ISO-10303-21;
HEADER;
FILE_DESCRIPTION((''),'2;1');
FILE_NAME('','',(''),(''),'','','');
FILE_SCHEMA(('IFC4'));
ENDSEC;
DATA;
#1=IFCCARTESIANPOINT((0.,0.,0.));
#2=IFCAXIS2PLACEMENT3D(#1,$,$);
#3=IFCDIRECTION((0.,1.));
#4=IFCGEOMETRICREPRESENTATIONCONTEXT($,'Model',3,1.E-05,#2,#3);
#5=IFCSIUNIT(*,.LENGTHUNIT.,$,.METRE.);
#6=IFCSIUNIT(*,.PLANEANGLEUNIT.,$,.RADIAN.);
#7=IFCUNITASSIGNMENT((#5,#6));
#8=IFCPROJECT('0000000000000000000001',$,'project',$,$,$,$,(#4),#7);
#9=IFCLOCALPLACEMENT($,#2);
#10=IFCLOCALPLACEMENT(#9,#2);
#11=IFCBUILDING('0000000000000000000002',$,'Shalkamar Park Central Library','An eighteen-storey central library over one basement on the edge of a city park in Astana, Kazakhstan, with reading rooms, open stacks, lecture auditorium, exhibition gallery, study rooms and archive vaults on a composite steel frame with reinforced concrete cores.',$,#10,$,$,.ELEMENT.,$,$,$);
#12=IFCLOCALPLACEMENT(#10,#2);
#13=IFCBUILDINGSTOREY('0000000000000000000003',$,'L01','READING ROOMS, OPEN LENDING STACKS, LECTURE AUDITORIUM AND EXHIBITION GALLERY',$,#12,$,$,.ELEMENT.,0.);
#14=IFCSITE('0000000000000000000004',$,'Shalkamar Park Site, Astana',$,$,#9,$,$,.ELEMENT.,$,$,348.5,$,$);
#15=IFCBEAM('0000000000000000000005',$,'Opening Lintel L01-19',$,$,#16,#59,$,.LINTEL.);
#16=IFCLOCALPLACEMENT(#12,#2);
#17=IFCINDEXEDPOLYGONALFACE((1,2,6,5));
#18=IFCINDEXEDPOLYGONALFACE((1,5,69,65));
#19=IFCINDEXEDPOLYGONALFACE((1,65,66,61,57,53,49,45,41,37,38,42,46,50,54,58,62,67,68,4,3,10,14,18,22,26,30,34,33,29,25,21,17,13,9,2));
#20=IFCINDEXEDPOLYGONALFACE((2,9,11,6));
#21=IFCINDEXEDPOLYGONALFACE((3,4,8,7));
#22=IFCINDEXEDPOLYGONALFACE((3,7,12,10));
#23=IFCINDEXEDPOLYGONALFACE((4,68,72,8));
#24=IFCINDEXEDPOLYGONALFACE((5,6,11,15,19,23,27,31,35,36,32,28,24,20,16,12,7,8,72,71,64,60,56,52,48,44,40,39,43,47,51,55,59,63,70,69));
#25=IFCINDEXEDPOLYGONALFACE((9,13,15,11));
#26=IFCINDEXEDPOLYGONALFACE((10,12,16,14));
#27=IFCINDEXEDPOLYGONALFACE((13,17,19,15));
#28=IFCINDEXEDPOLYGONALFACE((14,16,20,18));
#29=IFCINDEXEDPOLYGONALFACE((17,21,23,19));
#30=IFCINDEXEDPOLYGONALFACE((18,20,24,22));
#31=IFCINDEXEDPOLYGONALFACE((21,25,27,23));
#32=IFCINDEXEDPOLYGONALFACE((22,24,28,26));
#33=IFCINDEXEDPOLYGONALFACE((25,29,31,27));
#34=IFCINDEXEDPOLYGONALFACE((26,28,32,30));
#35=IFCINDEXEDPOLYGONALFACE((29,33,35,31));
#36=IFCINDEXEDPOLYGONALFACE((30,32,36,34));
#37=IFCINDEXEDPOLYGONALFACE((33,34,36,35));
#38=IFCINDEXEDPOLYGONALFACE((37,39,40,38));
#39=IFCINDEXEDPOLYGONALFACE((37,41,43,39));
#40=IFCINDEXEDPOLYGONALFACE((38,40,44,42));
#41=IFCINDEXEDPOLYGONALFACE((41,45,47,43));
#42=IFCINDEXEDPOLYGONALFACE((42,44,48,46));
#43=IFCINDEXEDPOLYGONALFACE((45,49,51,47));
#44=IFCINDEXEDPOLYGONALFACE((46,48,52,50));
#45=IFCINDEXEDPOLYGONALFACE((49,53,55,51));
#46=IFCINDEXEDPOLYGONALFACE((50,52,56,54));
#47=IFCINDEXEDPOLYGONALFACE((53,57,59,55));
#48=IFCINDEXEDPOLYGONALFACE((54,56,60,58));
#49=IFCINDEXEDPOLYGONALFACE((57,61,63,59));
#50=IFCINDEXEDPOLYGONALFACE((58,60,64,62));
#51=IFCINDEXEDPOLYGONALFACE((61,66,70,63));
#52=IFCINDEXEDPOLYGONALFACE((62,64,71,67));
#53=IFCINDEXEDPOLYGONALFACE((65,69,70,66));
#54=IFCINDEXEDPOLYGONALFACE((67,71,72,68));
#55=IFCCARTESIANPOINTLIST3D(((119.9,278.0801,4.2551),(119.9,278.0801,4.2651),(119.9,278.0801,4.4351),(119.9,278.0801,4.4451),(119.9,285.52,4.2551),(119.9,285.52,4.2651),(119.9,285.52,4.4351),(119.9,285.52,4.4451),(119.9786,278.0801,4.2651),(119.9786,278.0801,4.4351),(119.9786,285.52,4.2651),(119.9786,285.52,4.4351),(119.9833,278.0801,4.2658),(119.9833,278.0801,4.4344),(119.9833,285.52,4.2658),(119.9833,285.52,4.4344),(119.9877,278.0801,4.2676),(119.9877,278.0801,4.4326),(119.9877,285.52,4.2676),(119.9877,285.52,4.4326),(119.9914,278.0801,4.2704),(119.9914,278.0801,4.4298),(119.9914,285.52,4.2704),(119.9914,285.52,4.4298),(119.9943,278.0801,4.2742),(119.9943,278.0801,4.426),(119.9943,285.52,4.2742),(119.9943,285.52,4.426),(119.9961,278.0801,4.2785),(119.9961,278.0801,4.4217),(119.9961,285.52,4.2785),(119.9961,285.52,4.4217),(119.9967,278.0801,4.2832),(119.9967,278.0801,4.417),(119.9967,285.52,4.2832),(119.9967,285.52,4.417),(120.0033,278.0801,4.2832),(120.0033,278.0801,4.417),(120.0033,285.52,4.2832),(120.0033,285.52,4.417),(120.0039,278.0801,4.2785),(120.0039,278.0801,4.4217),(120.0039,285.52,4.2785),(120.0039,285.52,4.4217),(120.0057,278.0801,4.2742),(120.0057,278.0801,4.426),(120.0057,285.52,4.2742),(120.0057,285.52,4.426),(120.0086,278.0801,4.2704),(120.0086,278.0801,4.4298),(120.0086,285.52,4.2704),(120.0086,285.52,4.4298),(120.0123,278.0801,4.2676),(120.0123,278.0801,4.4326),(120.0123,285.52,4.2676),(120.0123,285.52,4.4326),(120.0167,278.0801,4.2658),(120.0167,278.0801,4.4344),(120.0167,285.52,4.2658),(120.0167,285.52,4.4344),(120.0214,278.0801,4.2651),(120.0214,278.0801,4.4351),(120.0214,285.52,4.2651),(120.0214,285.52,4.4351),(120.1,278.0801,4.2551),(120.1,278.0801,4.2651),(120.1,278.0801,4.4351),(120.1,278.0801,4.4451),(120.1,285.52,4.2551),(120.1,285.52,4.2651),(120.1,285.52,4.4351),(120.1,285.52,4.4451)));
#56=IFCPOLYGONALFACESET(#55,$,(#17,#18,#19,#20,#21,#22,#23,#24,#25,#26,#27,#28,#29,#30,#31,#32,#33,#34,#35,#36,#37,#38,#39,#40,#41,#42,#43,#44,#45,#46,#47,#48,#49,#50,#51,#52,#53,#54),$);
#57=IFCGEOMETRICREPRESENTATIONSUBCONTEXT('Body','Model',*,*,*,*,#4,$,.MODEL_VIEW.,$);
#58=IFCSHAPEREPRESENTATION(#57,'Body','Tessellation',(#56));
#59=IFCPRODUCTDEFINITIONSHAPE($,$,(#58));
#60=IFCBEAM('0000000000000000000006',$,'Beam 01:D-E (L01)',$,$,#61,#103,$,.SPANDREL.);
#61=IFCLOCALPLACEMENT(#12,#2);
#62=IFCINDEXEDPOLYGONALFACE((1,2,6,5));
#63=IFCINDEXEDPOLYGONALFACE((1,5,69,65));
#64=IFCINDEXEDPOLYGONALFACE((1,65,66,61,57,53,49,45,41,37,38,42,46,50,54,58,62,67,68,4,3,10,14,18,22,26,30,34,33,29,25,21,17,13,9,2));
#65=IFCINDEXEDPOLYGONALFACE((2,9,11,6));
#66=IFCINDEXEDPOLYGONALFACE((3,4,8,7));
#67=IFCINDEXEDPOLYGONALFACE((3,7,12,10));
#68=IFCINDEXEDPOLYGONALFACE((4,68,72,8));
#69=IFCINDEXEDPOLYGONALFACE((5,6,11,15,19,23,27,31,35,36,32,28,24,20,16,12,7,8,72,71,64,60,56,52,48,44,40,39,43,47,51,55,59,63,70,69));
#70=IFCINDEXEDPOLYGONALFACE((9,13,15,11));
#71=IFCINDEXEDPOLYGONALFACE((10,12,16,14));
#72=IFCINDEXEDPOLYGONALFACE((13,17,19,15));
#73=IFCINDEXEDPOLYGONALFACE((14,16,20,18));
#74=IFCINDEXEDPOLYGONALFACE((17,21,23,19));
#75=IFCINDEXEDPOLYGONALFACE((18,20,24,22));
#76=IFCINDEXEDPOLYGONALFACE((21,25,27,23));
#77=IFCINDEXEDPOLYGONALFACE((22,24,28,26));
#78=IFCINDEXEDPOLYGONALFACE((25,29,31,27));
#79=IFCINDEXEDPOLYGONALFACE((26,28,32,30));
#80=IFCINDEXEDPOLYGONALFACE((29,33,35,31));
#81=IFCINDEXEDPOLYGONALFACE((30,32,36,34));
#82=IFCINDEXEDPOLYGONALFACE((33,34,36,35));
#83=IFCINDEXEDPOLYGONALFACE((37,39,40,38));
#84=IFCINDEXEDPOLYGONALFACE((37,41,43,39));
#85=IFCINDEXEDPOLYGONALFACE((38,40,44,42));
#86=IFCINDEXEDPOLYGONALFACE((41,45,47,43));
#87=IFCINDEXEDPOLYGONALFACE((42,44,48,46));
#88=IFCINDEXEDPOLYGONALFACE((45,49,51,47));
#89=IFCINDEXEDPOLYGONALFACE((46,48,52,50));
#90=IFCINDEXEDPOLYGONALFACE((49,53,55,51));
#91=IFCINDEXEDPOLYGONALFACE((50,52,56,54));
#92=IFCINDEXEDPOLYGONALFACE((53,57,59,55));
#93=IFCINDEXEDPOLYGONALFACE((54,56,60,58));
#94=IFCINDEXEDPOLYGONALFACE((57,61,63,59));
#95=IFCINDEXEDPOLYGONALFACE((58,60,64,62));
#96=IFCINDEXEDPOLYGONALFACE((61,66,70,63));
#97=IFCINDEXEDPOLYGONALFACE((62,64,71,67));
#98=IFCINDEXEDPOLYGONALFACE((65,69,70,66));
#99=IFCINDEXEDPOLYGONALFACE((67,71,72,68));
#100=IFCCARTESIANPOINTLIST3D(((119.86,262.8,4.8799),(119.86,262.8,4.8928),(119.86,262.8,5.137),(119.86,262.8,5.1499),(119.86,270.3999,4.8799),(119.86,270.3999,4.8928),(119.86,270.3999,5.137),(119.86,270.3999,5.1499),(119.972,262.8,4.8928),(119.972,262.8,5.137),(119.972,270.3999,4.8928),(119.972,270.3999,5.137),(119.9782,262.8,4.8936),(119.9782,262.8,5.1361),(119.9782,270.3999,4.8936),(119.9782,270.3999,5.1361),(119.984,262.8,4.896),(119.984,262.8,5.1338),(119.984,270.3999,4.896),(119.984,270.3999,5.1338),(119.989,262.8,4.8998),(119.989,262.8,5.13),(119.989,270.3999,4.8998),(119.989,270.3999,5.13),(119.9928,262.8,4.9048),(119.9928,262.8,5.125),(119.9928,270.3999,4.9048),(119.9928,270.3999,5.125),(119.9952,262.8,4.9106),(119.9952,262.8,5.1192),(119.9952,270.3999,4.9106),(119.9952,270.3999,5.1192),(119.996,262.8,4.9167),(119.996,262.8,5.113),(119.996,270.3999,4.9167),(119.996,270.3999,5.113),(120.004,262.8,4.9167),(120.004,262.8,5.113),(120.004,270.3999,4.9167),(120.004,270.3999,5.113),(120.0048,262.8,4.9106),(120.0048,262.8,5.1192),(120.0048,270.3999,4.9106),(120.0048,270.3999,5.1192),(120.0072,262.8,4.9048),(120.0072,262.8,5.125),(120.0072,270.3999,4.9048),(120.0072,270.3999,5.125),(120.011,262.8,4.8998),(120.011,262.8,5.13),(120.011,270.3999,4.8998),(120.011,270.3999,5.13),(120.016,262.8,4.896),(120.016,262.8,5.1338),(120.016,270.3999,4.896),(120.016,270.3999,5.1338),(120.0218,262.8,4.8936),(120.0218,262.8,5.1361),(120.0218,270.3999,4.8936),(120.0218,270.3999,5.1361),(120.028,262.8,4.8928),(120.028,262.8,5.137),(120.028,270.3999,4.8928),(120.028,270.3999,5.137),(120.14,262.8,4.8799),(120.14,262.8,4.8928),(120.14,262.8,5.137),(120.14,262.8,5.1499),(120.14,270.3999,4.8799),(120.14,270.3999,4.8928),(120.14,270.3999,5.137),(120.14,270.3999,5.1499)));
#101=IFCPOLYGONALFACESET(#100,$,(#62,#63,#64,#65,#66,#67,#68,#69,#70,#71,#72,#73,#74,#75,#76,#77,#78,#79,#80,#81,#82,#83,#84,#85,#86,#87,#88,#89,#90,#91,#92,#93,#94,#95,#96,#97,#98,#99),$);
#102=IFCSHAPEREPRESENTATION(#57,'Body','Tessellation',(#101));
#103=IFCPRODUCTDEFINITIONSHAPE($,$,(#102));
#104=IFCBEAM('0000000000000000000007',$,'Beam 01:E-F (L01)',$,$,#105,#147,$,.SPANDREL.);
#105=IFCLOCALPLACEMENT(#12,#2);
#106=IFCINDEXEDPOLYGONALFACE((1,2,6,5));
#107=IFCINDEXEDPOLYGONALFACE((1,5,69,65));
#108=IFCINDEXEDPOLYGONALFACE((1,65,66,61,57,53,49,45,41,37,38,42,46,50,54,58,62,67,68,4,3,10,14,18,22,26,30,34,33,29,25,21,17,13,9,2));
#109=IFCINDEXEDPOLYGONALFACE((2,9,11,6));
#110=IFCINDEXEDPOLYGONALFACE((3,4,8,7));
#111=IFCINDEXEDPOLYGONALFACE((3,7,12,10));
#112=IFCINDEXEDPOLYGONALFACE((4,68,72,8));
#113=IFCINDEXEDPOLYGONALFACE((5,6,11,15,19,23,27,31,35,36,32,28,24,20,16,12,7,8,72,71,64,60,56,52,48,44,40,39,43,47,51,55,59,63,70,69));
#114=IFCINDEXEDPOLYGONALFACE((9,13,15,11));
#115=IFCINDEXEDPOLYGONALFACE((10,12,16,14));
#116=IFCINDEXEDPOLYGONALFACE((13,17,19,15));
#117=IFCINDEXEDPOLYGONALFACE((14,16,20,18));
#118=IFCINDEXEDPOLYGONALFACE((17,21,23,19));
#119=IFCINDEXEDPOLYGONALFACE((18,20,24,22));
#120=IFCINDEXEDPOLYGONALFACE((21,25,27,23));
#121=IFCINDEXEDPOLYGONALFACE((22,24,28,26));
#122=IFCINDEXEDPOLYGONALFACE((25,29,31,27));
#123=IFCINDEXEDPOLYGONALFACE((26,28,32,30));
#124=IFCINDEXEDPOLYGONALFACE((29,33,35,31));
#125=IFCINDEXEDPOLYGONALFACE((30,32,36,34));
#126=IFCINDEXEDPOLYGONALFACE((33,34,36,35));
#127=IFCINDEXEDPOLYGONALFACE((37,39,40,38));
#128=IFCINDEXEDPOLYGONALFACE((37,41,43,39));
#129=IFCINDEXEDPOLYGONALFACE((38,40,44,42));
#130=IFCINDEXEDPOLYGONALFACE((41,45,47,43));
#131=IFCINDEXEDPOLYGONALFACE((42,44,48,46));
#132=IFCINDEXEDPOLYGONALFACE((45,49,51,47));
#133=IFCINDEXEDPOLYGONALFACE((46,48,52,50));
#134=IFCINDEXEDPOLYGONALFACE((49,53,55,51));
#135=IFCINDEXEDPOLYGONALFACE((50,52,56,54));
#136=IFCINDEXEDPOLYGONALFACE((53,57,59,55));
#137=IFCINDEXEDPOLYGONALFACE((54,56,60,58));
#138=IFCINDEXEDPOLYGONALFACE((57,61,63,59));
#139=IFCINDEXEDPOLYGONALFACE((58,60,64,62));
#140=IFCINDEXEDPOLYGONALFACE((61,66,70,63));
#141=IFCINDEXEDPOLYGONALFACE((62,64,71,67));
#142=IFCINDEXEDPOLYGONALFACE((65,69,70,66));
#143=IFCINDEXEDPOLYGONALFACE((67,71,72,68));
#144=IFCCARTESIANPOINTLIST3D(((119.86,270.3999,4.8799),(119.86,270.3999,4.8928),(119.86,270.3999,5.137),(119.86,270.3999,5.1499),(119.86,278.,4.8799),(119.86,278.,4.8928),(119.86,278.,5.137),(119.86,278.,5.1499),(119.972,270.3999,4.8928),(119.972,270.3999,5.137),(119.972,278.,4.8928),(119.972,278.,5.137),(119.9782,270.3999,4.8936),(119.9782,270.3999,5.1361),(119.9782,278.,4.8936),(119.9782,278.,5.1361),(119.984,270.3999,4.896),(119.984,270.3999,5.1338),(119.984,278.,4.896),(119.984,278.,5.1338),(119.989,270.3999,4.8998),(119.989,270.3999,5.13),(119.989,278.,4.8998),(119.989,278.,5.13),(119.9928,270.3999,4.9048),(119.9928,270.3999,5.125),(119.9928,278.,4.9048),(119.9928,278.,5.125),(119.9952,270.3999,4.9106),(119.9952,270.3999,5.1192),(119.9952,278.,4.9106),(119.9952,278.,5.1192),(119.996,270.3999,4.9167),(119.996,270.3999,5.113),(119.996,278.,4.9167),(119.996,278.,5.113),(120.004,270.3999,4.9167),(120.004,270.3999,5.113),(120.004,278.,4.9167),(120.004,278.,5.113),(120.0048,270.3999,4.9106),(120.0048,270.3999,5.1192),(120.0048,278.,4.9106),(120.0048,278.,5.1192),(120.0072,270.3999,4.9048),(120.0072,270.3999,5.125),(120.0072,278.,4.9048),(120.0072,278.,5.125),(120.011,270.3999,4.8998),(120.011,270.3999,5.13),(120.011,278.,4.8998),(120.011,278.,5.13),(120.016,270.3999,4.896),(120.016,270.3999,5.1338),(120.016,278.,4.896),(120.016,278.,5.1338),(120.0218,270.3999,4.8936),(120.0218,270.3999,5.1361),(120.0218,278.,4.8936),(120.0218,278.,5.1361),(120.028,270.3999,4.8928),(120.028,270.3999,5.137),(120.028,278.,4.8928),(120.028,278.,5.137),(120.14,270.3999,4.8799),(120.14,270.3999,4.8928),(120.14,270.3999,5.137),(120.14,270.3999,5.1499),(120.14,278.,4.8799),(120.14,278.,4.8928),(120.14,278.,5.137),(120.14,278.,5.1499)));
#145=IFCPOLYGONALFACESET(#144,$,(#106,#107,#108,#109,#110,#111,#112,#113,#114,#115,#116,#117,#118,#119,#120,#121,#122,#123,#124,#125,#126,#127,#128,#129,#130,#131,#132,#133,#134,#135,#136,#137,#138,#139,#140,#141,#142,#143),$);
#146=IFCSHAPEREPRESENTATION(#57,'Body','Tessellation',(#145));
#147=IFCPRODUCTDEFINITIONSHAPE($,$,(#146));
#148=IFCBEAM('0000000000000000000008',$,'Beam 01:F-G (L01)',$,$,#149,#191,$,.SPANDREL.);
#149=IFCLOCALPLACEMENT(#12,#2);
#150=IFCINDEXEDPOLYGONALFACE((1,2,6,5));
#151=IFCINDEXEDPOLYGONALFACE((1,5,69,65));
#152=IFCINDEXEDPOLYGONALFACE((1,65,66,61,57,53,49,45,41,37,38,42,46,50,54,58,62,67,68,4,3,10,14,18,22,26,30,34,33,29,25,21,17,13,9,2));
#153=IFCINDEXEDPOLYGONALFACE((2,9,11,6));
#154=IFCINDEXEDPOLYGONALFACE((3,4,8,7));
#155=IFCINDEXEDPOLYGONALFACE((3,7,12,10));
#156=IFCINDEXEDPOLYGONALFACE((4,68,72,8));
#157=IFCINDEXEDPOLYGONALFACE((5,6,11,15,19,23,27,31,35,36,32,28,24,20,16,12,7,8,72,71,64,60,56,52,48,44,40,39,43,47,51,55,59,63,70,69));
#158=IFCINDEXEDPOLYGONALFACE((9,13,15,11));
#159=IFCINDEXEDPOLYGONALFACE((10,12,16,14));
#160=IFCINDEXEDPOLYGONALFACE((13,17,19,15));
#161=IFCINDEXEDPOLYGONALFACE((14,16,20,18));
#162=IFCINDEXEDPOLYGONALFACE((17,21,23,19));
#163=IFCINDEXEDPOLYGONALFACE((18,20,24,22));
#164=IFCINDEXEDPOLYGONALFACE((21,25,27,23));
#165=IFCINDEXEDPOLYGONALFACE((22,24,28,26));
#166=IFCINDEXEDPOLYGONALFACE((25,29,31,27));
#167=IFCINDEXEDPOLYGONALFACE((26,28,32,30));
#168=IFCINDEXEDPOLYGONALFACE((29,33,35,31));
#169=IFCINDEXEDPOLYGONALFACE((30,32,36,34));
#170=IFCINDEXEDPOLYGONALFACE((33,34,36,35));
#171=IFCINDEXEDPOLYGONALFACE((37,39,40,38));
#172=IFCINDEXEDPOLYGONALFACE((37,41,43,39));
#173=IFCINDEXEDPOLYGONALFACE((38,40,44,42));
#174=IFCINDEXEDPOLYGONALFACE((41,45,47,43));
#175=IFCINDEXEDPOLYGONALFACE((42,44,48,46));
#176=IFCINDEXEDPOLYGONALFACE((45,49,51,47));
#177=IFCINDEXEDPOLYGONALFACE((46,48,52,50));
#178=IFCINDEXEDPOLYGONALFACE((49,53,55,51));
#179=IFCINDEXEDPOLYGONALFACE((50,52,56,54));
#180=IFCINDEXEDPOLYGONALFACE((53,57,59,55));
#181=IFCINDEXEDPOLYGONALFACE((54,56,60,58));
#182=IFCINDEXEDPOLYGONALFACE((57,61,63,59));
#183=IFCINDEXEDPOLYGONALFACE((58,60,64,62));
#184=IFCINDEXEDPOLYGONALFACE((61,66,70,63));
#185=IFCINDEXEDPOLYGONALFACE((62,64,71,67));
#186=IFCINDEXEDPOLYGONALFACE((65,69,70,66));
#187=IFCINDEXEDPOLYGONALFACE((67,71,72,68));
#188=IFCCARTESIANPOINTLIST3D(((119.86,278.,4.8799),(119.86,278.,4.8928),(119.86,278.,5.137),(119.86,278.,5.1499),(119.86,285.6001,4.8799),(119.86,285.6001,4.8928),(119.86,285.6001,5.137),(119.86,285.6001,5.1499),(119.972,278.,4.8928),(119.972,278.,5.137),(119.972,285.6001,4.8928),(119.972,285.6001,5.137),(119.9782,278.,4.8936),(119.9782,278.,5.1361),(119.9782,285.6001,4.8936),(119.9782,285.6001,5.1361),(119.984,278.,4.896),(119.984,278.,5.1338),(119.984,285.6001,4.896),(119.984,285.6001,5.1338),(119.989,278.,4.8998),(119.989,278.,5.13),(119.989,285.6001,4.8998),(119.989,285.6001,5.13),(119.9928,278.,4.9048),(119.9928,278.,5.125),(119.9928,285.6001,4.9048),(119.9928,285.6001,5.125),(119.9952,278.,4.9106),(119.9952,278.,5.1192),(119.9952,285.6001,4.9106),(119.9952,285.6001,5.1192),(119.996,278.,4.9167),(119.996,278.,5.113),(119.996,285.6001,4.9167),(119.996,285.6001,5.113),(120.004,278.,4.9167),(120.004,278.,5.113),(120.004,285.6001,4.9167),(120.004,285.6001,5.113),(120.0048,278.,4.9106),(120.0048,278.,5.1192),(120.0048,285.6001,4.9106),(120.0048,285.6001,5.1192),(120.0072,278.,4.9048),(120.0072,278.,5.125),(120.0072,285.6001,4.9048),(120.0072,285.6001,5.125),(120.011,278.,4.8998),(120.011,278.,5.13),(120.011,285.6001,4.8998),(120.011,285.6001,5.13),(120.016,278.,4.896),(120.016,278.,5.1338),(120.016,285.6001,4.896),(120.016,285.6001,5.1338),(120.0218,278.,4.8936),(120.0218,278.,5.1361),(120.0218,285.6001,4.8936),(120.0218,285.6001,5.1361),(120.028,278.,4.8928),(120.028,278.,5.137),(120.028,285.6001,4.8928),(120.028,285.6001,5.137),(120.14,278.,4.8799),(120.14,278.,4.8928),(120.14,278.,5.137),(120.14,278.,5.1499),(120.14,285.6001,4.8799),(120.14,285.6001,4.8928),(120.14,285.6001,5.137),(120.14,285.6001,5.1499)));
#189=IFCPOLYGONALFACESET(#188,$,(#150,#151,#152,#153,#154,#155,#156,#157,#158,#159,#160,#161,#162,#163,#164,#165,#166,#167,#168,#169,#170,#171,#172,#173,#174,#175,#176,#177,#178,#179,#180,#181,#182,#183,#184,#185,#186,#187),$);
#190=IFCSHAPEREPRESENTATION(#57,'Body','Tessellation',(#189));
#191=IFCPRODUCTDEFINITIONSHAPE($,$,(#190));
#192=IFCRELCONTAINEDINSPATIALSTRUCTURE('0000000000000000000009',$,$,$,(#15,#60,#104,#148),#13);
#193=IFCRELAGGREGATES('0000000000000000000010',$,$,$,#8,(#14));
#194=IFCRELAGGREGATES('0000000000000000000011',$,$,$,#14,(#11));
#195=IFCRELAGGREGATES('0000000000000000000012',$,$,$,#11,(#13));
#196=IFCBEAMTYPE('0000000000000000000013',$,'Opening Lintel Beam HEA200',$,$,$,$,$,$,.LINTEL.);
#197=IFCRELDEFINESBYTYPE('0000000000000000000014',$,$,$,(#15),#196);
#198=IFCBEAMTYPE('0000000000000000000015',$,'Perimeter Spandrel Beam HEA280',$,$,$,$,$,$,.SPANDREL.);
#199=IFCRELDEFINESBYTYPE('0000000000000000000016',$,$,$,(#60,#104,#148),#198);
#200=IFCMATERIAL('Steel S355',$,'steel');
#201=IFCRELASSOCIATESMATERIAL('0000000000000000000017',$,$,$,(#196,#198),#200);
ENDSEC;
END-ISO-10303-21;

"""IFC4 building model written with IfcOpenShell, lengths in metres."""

from ifc_helpers import new_model, si_unit, direction, frame, origin, origin_2d, place, context, subcontext, project, spatial, i_section, extrude, material, material_profile, profile_set, type_object, element, save


model = new_model("IFC4")

# Units and contexts
model_context = context("Model", 3, precision=1e-05, world=origin(), true_north=direction((0.0, 1.0)))
body_context = subcontext(model_context, "Body", "Model", "MODEL_VIEW")
ifc_project = project(units=[si_unit("LENGTHUNIT", "METRE"), si_unit("PLANEANGLEUNIT", "RADIAN")], contexts=[model_context])

# Site, building, storey
site_placement = place(None, origin())
site = spatial("IfcSite", under=ifc_project, at=site_placement, Name="Shalkamar Park Site, Astana", CompositionType="ELEMENT", RefElevation=348.5)
building_placement = place(site_placement, origin())
building = spatial("IfcBuilding", under=site, at=building_placement, Name="Shalkamar Park Central Library", Description="An eighteen-storey central library over one basement on the edge of a city park in Astana, Kazakhstan, with reading rooms, open stacks, lecture auditorium, exhibition gallery, study rooms and archive vaults on a composite steel frame with reinforced concrete cores.", CompositionType="ELEMENT")
storey_placement = place(building_placement, origin())
storey = spatial("IfcBuildingStorey", under=building, at=storey_placement, Name="L01", Description="READING ROOMS, OPEN LENDING STACKS, LECTURE AUDITORIUM AND EXHIBITION GALLERY", CompositionType="ELEMENT", Elevation=0.0)

# Shared definitions
ifc_material_1 = material(Name="Steel S355", Category="steel")

# Beams
ifc_material_profile_1 = material_profile(ifc_material_1, i_section(OverallWidth=0.2, OverallDepth=0.1899, WebThickness=0.0066, FlangeThickness=0.01, FilletRadius=0.0181, at=origin_2d()), Name="HEA 200")
ifc_profile_set_1 = profile_set([ifc_material_profile_1], Name="Steel S355")
beam_type_1 = type_object("IfcBeamType", Name="Opening Lintel Beam HEA200", PredefinedType="LINTEL", material=ifc_profile_set_1)
beam_1_placement = place(storey_placement, frame((120.0, 278.0801, 4.3501), z_axis=(0.0, 1.0, 0.0), x_axis=(-1.0, 0.0, 0.0)))
element("IfcBeam", 1, at=beam_1_placement, inside=storey, type_object=beam_type_1, Name="Opening Lintel L01-19", PredefinedType="LINTEL", context=body_context, shape_type="SweptSolid", body=[
    extrude(i_section(OverallWidth=0.2, OverallDepth=0.1899, WebThickness=0.0066, FlangeThickness=0.01, FilletRadius=0.0181, at=origin_2d()), origin(), (0.0, 0.0, 1.0), 7.4399),
])
ifc_material_profile_2 = material_profile(ifc_material_1, i_section(OverallWidth=0.28, OverallDepth=0.27, WebThickness=0.0081, FlangeThickness=0.0129, FilletRadius=0.0239, at=origin_2d()), Name="HEA 280")
ifc_profile_set_2 = profile_set([ifc_material_profile_2], Name="Steel S355")
beam_type_2 = type_object("IfcBeamType", Name="Perimeter Spandrel Beam HEA280", PredefinedType="SPANDREL", material=ifc_profile_set_2)
beam_2_placement = place(storey_placement, frame((120.0, 262.8, 5.0149), z_axis=(0.0, 1.0, 0.0), x_axis=(-1.0, 0.0, 0.0)))
element("IfcBeam", 2, at=beam_2_placement, inside=storey, type_object=beam_type_2, Name="Beam 01:D-E (L01)", PredefinedType="SPANDREL", context=body_context, shape_type="SweptSolid", body=[
    extrude(i_section(OverallWidth=0.28, OverallDepth=0.27, WebThickness=0.0081, FlangeThickness=0.0129, FilletRadius=0.0239, at=origin_2d()), origin(), (0.0, 0.0, 1.0), 7.5999),
])
for number, where, z_axis, x_axis, name in (
    (3, (120.0, 270.3999, 5.0149), (0.0, 1.0, 0.0), (-1.0, 0.0, 0.0), "Beam 01:E-F (L01)"),
    (4, (120.0, 278.0, 5.0149), (0.0, 1.0, 0.0), (-1.0, 0.0, 0.0), "Beam 01:F-G (L01)"),
):
    element("IfcBeam", number, at=place(storey_placement, frame(where, z_axis=z_axis, x_axis=x_axis)), inside=storey, type_object=beam_type_2, Name=name, PredefinedType="SPANDREL", context=body_context, shape_type="SweptSolid", body=[
        extrude(i_section(OverallWidth=0.28, OverallDepth=0.27, WebThickness=0.0081, FlangeThickness=0.0129, FilletRadius=0.0239, at=origin_2d()), origin(), (0.0, 0.0, 1.0), 7.6001),
    ])

save(model, "model.ifc")
